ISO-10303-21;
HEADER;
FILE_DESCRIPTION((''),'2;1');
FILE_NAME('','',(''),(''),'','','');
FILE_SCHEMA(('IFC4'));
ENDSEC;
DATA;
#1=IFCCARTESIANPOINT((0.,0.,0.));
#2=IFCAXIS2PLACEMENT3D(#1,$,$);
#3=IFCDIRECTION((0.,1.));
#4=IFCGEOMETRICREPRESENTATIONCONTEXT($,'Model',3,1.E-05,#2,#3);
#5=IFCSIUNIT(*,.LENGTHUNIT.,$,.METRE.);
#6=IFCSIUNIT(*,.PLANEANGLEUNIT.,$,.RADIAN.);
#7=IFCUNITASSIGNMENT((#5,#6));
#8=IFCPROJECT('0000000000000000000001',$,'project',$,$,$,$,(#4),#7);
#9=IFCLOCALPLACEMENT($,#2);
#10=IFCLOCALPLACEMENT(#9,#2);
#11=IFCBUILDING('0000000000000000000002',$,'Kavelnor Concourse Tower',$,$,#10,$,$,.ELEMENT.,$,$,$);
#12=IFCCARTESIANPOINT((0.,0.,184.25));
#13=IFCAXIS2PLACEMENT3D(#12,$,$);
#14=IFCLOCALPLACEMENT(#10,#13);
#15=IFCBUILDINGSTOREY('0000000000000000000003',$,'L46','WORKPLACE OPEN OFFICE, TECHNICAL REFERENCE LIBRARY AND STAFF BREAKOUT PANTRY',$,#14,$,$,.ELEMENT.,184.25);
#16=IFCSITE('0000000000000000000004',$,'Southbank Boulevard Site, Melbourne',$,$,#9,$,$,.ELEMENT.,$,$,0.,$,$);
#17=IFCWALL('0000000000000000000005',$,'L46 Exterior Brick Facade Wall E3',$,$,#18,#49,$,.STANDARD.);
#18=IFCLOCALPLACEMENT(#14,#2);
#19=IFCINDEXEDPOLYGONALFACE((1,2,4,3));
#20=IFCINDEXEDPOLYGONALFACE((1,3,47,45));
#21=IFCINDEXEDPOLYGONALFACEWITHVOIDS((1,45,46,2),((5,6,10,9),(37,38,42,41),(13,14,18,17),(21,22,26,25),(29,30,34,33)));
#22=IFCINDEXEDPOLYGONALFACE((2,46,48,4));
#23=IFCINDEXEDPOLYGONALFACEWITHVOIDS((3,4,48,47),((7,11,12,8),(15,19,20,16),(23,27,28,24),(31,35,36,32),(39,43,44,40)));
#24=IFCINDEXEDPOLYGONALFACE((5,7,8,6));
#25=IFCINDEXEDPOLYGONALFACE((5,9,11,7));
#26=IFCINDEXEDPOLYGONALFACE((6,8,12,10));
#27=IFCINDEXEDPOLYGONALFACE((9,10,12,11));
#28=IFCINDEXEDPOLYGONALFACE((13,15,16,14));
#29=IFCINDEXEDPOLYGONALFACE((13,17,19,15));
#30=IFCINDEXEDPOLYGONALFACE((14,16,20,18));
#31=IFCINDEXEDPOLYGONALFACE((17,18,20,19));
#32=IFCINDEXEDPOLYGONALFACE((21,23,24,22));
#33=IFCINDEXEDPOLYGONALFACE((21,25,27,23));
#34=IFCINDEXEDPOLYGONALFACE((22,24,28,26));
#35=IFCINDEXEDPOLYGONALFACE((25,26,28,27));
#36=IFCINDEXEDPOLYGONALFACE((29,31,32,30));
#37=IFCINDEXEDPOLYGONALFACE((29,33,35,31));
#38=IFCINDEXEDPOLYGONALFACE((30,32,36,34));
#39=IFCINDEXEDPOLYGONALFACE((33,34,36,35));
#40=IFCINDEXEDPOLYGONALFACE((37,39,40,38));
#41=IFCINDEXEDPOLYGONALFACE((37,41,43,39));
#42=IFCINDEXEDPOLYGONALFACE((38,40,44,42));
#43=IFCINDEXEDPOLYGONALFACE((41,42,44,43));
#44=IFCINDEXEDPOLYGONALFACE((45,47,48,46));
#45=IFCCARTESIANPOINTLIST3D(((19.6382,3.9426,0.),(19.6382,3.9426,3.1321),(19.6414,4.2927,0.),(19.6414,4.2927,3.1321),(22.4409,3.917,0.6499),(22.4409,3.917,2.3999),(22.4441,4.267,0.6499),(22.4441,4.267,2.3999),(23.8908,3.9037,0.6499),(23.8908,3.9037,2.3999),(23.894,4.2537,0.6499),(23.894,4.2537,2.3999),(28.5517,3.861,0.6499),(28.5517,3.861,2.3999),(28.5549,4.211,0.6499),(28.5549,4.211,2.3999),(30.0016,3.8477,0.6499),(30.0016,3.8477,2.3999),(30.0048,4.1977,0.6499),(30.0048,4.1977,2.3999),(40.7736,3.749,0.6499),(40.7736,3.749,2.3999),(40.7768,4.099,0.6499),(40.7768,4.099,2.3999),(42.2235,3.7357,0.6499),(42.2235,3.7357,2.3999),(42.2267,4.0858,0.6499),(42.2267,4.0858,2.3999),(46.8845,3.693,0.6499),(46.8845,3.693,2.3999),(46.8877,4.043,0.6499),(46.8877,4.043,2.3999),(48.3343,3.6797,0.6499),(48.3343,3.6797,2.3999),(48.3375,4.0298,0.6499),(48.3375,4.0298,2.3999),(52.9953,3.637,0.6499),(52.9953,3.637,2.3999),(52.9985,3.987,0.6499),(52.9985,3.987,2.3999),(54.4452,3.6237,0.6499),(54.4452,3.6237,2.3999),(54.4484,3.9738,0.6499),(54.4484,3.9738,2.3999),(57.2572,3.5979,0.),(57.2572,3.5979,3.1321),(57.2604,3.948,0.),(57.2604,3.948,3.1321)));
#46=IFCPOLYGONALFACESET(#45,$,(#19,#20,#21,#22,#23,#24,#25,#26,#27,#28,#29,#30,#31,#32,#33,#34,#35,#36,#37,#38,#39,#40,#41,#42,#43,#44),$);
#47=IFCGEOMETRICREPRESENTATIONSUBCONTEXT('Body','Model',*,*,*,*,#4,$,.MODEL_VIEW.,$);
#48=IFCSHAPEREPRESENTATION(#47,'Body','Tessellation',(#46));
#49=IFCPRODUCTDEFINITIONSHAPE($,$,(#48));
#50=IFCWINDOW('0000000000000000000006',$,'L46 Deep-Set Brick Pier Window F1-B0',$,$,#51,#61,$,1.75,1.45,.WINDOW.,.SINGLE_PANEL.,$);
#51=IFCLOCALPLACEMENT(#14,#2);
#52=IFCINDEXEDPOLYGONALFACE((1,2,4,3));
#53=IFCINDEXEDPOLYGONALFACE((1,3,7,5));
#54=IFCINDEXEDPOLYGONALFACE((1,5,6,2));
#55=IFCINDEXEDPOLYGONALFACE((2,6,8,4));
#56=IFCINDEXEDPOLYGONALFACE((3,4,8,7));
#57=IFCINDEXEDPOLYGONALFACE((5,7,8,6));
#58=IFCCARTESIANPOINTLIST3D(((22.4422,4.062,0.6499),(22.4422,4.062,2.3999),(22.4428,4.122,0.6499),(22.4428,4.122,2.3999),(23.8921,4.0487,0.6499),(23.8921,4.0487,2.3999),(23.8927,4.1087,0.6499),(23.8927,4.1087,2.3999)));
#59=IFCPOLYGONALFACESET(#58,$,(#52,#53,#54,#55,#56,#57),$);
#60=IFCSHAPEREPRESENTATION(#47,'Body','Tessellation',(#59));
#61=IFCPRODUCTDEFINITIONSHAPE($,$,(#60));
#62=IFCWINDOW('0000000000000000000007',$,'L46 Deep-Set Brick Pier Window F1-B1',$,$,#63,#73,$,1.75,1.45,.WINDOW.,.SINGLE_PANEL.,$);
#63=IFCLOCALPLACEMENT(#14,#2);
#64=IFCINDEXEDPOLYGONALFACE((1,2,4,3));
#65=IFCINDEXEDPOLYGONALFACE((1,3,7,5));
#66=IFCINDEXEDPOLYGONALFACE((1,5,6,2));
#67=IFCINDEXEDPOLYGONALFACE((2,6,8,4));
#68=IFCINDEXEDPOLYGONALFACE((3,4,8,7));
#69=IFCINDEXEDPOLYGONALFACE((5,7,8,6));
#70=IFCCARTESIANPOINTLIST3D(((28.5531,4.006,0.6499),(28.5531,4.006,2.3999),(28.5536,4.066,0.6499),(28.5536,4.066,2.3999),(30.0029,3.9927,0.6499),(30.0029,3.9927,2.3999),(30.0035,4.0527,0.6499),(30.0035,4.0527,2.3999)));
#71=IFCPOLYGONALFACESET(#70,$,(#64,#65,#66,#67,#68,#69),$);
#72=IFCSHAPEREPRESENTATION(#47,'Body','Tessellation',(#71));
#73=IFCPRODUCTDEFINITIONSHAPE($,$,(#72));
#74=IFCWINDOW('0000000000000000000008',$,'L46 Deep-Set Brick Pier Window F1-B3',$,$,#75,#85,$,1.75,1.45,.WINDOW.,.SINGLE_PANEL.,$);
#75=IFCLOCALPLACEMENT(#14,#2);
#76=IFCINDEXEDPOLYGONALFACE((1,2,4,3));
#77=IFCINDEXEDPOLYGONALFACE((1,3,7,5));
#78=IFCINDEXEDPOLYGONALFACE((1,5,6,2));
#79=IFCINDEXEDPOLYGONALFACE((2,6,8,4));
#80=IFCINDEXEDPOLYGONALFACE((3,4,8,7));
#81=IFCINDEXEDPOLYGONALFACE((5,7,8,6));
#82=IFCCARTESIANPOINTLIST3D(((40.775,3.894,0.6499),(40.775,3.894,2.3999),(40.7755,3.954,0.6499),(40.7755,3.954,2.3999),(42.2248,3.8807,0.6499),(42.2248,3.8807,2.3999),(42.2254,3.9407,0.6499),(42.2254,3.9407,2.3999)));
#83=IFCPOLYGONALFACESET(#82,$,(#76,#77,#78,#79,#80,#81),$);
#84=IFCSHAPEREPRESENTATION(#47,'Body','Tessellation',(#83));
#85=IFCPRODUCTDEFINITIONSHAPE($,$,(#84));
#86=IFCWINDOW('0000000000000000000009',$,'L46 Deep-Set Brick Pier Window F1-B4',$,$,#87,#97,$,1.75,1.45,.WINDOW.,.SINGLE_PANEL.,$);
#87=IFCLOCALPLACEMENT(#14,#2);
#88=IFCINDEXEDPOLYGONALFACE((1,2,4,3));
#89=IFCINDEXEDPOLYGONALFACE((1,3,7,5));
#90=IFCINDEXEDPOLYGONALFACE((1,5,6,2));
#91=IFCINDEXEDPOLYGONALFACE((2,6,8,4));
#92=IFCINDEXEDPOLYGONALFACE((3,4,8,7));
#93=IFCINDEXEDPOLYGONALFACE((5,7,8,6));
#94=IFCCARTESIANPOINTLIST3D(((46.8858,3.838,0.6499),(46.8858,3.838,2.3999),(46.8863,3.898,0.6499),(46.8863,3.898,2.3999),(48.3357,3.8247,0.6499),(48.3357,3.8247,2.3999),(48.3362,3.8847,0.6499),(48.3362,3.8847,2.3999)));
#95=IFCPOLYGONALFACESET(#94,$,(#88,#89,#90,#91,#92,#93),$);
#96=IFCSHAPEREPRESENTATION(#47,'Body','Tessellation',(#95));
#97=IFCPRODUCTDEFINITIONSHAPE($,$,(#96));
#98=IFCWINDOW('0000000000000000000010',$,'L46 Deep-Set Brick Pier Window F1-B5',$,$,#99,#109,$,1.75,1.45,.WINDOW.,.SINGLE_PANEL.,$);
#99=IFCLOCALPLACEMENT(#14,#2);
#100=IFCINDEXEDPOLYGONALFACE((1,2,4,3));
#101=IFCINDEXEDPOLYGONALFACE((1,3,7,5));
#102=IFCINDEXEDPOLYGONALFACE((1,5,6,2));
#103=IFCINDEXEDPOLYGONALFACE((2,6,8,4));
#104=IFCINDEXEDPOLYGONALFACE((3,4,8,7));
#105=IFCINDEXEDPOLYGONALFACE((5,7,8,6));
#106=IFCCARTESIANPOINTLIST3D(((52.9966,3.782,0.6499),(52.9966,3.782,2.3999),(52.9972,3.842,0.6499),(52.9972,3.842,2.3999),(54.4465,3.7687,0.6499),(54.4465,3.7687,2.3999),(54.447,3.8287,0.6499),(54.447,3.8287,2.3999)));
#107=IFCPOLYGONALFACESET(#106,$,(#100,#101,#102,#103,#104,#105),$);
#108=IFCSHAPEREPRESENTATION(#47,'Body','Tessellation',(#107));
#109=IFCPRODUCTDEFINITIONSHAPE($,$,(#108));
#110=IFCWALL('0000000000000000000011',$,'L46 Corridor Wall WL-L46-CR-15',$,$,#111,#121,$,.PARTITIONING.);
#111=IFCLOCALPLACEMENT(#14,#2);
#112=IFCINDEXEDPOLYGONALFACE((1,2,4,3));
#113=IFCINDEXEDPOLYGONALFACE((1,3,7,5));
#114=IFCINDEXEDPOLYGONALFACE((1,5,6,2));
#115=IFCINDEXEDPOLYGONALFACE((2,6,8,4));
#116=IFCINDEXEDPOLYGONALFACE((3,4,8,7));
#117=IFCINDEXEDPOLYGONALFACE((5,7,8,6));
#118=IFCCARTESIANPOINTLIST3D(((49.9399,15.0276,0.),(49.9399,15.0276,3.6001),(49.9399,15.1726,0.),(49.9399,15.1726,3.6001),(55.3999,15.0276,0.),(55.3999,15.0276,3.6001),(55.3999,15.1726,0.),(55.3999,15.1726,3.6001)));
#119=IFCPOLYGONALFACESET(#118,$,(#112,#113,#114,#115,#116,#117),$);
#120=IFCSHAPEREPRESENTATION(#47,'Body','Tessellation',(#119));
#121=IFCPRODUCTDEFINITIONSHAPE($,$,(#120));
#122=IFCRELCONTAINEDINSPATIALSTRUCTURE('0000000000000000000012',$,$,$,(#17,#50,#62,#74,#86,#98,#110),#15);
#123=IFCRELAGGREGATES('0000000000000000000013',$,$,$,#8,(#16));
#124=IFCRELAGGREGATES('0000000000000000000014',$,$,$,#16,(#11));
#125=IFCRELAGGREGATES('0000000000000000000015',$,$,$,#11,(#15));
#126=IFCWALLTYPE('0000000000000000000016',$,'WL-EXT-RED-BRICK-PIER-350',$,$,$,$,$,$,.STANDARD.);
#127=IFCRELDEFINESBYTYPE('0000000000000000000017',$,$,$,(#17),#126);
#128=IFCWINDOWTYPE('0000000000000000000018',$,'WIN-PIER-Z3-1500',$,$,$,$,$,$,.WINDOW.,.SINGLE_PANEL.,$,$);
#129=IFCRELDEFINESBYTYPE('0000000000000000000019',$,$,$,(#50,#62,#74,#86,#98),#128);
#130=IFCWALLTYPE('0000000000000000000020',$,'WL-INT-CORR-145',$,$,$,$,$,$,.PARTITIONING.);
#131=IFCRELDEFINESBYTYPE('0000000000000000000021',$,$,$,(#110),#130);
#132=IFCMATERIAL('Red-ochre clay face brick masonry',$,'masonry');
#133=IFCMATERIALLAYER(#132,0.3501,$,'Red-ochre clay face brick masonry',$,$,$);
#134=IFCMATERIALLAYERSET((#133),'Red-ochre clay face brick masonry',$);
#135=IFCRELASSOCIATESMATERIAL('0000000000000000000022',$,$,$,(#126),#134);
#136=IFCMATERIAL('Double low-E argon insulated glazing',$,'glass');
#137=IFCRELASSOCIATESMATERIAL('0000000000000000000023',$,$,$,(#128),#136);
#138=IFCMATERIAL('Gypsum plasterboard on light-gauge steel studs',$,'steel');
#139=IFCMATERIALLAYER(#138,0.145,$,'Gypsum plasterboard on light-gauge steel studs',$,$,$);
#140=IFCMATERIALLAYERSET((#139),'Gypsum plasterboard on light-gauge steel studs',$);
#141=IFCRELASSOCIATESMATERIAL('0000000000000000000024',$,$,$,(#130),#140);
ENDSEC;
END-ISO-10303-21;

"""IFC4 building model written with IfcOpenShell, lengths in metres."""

from ifc_helpers import new_model, si_unit, direction, frame, frame_2d, origin, place, context, subcontext, project, spatial, rectangle, extrude, material, layer, layer_set, type_object, element, fill, save


model = new_model("IFC4")

# Units and contexts
model_context = context("Model", 3, precision=1e-05, world=origin(), true_north=direction((0.0, 1.0)))
body_context = subcontext(model_context, "Body", "Model", "MODEL_VIEW")
ifc_project = project(units=[si_unit("LENGTHUNIT", "METRE"), si_unit("PLANEANGLEUNIT", "RADIAN")], contexts=[model_context])

# Site, building, storey
site_placement = place(None, origin())
site = spatial("IfcSite", under=ifc_project, at=site_placement, Name="Southbank Boulevard Site, Melbourne", CompositionType="ELEMENT", RefElevation=0.0)
building_placement = place(site_placement, origin())
building = spatial("IfcBuilding", under=site, at=building_placement, Name="Kavelnor Concourse Tower", CompositionType="ELEMENT")
storey_placement = place(building_placement, frame((0.0, 0.0, 184.25)))
storey = spatial("IfcBuildingStorey", under=building, at=storey_placement, Name="L46", Description="WORKPLACE OPEN OFFICE, TECHNICAL REFERENCE LIBRARY AND STAFF BREAKOUT PANTRY", CompositionType="ELEMENT", Elevation=184.25)

# Shared definitions
ifc_material_1 = material(Name="Double low-E argon insulated glazing", Category="glass")

# Wall, openings, windows
ifc_material_2 = material(Name="Red-ochre clay face brick masonry", Category="masonry")
ifc_layer_1 = layer(ifc_material_2, 0.3501, Name="Red-ochre clay face brick masonry")
ifc_layer_set_1 = layer_set([ifc_layer_1], Name="Red-ochre clay face brick masonry")
wall_type_1 = type_object("IfcWallType", Name="WL-EXT-RED-BRICK-PIER-350", PredefinedType="STANDARD", material=ifc_layer_set_1)
wall_1_placement = place(storey_placement, frame((57.2588, 3.7729, 0.0), z_axis=(0.0, 0.0, 1.0), x_axis=(-0.999958, 0.009163, 0.0)))
wall_1 = element("IfcWall", 1, at=wall_1_placement, inside=storey, type_object=wall_type_1, Name="L46 Exterior Brick Facade Wall E3", PredefinedType="STANDARD", context=body_context, shape_type="SweptSolid", body=[
    extrude(rectangle(XDim=37.6206, YDim=0.3501, at=frame_2d((18.8103, 0.0))), origin(), (0.0, 0.0, 1.0), 3.1321),
])
opening_1_placement = place(wall_1_placement, frame((33.3677, 0.0, 0.6499)))
opening_1 = element("IfcOpeningElement", 2, at=opening_1_placement, cuts=wall_1, PredefinedType="OPENING", context=body_context, shape_type="SweptSolid", body=[
    extrude(rectangle(XDim=1.45, YDim=1.75, at=frame_2d((0.7251, 0.875))), frame((0.0, 0.1851, 0.0), z_axis=(0.0, -1.0, 0.0), x_axis=(1.0, 0.0, 0.0)), (0.0, 0.0, 1.0), 0.3701),
])
opening_2_placement = place(wall_1_placement, frame((27.2566, 0.0, 0.6499)))
opening_2 = element("IfcOpeningElement", 3, at=opening_2_placement, cuts=wall_1, PredefinedType="OPENING", context=body_context, shape_type="SweptSolid", body=[
    extrude(rectangle(XDim=1.45, YDim=1.75, at=frame_2d((0.7251, 0.875))), frame((0.0, 0.1851, 0.0), z_axis=(0.0, -1.0, 0.0), x_axis=(1.0, 0.0, 0.0)), (0.0, 0.0, 1.0), 0.3701),
])
opening_3_placement = place(wall_1_placement, frame((15.0342, 0.0, 0.6499)))
opening_3 = element("IfcOpeningElement", 4, at=opening_3_placement, cuts=wall_1, PredefinedType="OPENING", context=body_context, shape_type="SweptSolid", body=[
    extrude(rectangle(XDim=1.45, YDim=1.75, at=frame_2d((0.7251, 0.875))), frame((0.0, 0.1851, 0.0), z_axis=(0.0, -1.0, 0.0), x_axis=(1.0, 0.0, 0.0)), (0.0, 0.0, 1.0), 0.3701),
])
opening_4_placement = place(wall_1_placement, frame((8.9231, 0.0, 0.6499)))
opening_4 = element("IfcOpeningElement", 5, at=opening_4_placement, cuts=wall_1, PredefinedType="OPENING", context=body_context, shape_type="SweptSolid", body=[
    extrude(rectangle(XDim=1.45, YDim=1.75, at=frame_2d((0.7251, 0.875))), frame((0.0, 0.1851, 0.0), z_axis=(0.0, -1.0, 0.0), x_axis=(1.0, 0.0, 0.0)), (0.0, 0.0, 1.0), 0.3701),
])
opening_5_placement = place(wall_1_placement, frame((2.812, 0.0, 0.6499)))
opening_5 = element("IfcOpeningElement", 6, at=opening_5_placement, cuts=wall_1, PredefinedType="OPENING", context=body_context, shape_type="SweptSolid", body=[
    extrude(rectangle(XDim=1.45, YDim=1.75, at=frame_2d((0.7251, 0.875))), frame((0.0, 0.1851, 0.0), z_axis=(0.0, -1.0, 0.0), x_axis=(1.0, 0.0, 0.0)), (0.0, 0.0, 1.0), 0.3701),
])
window_type_1 = type_object("IfcWindowType", Name="WIN-PIER-Z3-1500", PartitioningType="SINGLE_PANEL", PredefinedType="WINDOW", material=ifc_material_1)
window_1_placement = place(opening_1_placement, origin())
window_1 = element("IfcWindow", 7, at=window_1_placement, inside=storey, type_object=window_type_1, Name="L46 Deep-Set Brick Pier Window F1-B0", OverallHeight=1.75, OverallWidth=1.45, PartitioningType="SINGLE_PANEL", PredefinedType="WINDOW", context=body_context, shape_type="SweptSolid", body=[
    extrude(rectangle(XDim=1.45, YDim=1.75, at=frame_2d((0.7251, 0.875))), frame((0.0, 0.03, 0.0), z_axis=(0.0, -1.0, 0.0), x_axis=(1.0, 0.0, 0.0)), (0.0, 0.0, 1.0), 0.0601),
])
fill(opening_1, window_1)
window_2_placement = place(opening_2_placement, origin())
window_2 = element("IfcWindow", 8, at=window_2_placement, inside=storey, type_object=window_type_1, Name="L46 Deep-Set Brick Pier Window F1-B1", OverallHeight=1.75, OverallWidth=1.45, PartitioningType="SINGLE_PANEL", PredefinedType="WINDOW", context=body_context, shape_type="SweptSolid", body=[
    extrude(rectangle(XDim=1.45, YDim=1.75, at=frame_2d((0.7251, 0.875))), frame((0.0, 0.03, 0.0), z_axis=(0.0, -1.0, 0.0), x_axis=(1.0, 0.0, 0.0)), (0.0, 0.0, 1.0), 0.0601),
])
fill(opening_2, window_2)
window_3_placement = place(opening_3_placement, origin())
window_3 = element("IfcWindow", 9, at=window_3_placement, inside=storey, type_object=window_type_1, Name="L46 Deep-Set Brick Pier Window F1-B3", OverallHeight=1.75, OverallWidth=1.45, PartitioningType="SINGLE_PANEL", PredefinedType="WINDOW", context=body_context, shape_type="SweptSolid", body=[
    extrude(rectangle(XDim=1.45, YDim=1.75, at=frame_2d((0.7251, 0.875))), frame((0.0, 0.03, 0.0), z_axis=(0.0, -1.0, 0.0), x_axis=(1.0, 0.0, 0.0)), (0.0, 0.0, 1.0), 0.0601),
])
fill(opening_3, window_3)
window_4_placement = place(opening_4_placement, origin())
window_4 = element("IfcWindow", 10, at=window_4_placement, inside=storey, type_object=window_type_1, Name="L46 Deep-Set Brick Pier Window F1-B4", OverallHeight=1.75, OverallWidth=1.45, PartitioningType="SINGLE_PANEL", PredefinedType="WINDOW", context=body_context, shape_type="SweptSolid", body=[
    extrude(rectangle(XDim=1.45, YDim=1.75, at=frame_2d((0.7251, 0.875))), frame((0.0, 0.03, 0.0), z_axis=(0.0, -1.0, 0.0), x_axis=(1.0, 0.0, 0.0)), (0.0, 0.0, 1.0), 0.0601),
])
fill(opening_4, window_4)
window_5_placement = place(opening_5_placement, origin())
window_5 = element("IfcWindow", 11, at=window_5_placement, inside=storey, type_object=window_type_1, Name="L46 Deep-Set Brick Pier Window F1-B5", OverallHeight=1.75, OverallWidth=1.45, PartitioningType="SINGLE_PANEL", PredefinedType="WINDOW", context=body_context, shape_type="SweptSolid", body=[
    extrude(rectangle(XDim=1.45, YDim=1.75, at=frame_2d((0.7251, 0.875))), frame((0.0, 0.03, 0.0), z_axis=(0.0, -1.0, 0.0), x_axis=(1.0, 0.0, 0.0)), (0.0, 0.0, 1.0), 0.0601),
])
fill(opening_5, window_5)

# Wall
ifc_material_3 = material(Name="Gypsum plasterboard on light-gauge steel studs", Category="steel")
ifc_layer_2 = layer(ifc_material_3, 0.145, Name="Gypsum plasterboard on light-gauge steel studs")
ifc_layer_set_2 = layer_set([ifc_layer_2], Name="Gypsum plasterboard on light-gauge steel studs")
wall_type_2 = type_object("IfcWallType", Name="WL-INT-CORR-145", PredefinedType="PARTITIONING", material=ifc_layer_set_2)
wall_2_placement = place(storey_placement, frame((55.3999, 15.1001, 0.0), z_axis=(0.0, 0.0, 1.0), x_axis=(-1.0, 0.0, 0.0)))
element("IfcWall", 12, at=wall_2_placement, inside=storey, type_object=wall_type_2, Name="L46 Corridor Wall WL-L46-CR-15", PredefinedType="PARTITIONING", context=body_context, shape_type="SweptSolid", body=[
    extrude(rectangle(XDim=5.46, YDim=0.145, at=frame_2d((2.73, 0.0))), origin(), (0.0, 0.0, 1.0), 3.6001),
])

save(model, "model.ifc")
